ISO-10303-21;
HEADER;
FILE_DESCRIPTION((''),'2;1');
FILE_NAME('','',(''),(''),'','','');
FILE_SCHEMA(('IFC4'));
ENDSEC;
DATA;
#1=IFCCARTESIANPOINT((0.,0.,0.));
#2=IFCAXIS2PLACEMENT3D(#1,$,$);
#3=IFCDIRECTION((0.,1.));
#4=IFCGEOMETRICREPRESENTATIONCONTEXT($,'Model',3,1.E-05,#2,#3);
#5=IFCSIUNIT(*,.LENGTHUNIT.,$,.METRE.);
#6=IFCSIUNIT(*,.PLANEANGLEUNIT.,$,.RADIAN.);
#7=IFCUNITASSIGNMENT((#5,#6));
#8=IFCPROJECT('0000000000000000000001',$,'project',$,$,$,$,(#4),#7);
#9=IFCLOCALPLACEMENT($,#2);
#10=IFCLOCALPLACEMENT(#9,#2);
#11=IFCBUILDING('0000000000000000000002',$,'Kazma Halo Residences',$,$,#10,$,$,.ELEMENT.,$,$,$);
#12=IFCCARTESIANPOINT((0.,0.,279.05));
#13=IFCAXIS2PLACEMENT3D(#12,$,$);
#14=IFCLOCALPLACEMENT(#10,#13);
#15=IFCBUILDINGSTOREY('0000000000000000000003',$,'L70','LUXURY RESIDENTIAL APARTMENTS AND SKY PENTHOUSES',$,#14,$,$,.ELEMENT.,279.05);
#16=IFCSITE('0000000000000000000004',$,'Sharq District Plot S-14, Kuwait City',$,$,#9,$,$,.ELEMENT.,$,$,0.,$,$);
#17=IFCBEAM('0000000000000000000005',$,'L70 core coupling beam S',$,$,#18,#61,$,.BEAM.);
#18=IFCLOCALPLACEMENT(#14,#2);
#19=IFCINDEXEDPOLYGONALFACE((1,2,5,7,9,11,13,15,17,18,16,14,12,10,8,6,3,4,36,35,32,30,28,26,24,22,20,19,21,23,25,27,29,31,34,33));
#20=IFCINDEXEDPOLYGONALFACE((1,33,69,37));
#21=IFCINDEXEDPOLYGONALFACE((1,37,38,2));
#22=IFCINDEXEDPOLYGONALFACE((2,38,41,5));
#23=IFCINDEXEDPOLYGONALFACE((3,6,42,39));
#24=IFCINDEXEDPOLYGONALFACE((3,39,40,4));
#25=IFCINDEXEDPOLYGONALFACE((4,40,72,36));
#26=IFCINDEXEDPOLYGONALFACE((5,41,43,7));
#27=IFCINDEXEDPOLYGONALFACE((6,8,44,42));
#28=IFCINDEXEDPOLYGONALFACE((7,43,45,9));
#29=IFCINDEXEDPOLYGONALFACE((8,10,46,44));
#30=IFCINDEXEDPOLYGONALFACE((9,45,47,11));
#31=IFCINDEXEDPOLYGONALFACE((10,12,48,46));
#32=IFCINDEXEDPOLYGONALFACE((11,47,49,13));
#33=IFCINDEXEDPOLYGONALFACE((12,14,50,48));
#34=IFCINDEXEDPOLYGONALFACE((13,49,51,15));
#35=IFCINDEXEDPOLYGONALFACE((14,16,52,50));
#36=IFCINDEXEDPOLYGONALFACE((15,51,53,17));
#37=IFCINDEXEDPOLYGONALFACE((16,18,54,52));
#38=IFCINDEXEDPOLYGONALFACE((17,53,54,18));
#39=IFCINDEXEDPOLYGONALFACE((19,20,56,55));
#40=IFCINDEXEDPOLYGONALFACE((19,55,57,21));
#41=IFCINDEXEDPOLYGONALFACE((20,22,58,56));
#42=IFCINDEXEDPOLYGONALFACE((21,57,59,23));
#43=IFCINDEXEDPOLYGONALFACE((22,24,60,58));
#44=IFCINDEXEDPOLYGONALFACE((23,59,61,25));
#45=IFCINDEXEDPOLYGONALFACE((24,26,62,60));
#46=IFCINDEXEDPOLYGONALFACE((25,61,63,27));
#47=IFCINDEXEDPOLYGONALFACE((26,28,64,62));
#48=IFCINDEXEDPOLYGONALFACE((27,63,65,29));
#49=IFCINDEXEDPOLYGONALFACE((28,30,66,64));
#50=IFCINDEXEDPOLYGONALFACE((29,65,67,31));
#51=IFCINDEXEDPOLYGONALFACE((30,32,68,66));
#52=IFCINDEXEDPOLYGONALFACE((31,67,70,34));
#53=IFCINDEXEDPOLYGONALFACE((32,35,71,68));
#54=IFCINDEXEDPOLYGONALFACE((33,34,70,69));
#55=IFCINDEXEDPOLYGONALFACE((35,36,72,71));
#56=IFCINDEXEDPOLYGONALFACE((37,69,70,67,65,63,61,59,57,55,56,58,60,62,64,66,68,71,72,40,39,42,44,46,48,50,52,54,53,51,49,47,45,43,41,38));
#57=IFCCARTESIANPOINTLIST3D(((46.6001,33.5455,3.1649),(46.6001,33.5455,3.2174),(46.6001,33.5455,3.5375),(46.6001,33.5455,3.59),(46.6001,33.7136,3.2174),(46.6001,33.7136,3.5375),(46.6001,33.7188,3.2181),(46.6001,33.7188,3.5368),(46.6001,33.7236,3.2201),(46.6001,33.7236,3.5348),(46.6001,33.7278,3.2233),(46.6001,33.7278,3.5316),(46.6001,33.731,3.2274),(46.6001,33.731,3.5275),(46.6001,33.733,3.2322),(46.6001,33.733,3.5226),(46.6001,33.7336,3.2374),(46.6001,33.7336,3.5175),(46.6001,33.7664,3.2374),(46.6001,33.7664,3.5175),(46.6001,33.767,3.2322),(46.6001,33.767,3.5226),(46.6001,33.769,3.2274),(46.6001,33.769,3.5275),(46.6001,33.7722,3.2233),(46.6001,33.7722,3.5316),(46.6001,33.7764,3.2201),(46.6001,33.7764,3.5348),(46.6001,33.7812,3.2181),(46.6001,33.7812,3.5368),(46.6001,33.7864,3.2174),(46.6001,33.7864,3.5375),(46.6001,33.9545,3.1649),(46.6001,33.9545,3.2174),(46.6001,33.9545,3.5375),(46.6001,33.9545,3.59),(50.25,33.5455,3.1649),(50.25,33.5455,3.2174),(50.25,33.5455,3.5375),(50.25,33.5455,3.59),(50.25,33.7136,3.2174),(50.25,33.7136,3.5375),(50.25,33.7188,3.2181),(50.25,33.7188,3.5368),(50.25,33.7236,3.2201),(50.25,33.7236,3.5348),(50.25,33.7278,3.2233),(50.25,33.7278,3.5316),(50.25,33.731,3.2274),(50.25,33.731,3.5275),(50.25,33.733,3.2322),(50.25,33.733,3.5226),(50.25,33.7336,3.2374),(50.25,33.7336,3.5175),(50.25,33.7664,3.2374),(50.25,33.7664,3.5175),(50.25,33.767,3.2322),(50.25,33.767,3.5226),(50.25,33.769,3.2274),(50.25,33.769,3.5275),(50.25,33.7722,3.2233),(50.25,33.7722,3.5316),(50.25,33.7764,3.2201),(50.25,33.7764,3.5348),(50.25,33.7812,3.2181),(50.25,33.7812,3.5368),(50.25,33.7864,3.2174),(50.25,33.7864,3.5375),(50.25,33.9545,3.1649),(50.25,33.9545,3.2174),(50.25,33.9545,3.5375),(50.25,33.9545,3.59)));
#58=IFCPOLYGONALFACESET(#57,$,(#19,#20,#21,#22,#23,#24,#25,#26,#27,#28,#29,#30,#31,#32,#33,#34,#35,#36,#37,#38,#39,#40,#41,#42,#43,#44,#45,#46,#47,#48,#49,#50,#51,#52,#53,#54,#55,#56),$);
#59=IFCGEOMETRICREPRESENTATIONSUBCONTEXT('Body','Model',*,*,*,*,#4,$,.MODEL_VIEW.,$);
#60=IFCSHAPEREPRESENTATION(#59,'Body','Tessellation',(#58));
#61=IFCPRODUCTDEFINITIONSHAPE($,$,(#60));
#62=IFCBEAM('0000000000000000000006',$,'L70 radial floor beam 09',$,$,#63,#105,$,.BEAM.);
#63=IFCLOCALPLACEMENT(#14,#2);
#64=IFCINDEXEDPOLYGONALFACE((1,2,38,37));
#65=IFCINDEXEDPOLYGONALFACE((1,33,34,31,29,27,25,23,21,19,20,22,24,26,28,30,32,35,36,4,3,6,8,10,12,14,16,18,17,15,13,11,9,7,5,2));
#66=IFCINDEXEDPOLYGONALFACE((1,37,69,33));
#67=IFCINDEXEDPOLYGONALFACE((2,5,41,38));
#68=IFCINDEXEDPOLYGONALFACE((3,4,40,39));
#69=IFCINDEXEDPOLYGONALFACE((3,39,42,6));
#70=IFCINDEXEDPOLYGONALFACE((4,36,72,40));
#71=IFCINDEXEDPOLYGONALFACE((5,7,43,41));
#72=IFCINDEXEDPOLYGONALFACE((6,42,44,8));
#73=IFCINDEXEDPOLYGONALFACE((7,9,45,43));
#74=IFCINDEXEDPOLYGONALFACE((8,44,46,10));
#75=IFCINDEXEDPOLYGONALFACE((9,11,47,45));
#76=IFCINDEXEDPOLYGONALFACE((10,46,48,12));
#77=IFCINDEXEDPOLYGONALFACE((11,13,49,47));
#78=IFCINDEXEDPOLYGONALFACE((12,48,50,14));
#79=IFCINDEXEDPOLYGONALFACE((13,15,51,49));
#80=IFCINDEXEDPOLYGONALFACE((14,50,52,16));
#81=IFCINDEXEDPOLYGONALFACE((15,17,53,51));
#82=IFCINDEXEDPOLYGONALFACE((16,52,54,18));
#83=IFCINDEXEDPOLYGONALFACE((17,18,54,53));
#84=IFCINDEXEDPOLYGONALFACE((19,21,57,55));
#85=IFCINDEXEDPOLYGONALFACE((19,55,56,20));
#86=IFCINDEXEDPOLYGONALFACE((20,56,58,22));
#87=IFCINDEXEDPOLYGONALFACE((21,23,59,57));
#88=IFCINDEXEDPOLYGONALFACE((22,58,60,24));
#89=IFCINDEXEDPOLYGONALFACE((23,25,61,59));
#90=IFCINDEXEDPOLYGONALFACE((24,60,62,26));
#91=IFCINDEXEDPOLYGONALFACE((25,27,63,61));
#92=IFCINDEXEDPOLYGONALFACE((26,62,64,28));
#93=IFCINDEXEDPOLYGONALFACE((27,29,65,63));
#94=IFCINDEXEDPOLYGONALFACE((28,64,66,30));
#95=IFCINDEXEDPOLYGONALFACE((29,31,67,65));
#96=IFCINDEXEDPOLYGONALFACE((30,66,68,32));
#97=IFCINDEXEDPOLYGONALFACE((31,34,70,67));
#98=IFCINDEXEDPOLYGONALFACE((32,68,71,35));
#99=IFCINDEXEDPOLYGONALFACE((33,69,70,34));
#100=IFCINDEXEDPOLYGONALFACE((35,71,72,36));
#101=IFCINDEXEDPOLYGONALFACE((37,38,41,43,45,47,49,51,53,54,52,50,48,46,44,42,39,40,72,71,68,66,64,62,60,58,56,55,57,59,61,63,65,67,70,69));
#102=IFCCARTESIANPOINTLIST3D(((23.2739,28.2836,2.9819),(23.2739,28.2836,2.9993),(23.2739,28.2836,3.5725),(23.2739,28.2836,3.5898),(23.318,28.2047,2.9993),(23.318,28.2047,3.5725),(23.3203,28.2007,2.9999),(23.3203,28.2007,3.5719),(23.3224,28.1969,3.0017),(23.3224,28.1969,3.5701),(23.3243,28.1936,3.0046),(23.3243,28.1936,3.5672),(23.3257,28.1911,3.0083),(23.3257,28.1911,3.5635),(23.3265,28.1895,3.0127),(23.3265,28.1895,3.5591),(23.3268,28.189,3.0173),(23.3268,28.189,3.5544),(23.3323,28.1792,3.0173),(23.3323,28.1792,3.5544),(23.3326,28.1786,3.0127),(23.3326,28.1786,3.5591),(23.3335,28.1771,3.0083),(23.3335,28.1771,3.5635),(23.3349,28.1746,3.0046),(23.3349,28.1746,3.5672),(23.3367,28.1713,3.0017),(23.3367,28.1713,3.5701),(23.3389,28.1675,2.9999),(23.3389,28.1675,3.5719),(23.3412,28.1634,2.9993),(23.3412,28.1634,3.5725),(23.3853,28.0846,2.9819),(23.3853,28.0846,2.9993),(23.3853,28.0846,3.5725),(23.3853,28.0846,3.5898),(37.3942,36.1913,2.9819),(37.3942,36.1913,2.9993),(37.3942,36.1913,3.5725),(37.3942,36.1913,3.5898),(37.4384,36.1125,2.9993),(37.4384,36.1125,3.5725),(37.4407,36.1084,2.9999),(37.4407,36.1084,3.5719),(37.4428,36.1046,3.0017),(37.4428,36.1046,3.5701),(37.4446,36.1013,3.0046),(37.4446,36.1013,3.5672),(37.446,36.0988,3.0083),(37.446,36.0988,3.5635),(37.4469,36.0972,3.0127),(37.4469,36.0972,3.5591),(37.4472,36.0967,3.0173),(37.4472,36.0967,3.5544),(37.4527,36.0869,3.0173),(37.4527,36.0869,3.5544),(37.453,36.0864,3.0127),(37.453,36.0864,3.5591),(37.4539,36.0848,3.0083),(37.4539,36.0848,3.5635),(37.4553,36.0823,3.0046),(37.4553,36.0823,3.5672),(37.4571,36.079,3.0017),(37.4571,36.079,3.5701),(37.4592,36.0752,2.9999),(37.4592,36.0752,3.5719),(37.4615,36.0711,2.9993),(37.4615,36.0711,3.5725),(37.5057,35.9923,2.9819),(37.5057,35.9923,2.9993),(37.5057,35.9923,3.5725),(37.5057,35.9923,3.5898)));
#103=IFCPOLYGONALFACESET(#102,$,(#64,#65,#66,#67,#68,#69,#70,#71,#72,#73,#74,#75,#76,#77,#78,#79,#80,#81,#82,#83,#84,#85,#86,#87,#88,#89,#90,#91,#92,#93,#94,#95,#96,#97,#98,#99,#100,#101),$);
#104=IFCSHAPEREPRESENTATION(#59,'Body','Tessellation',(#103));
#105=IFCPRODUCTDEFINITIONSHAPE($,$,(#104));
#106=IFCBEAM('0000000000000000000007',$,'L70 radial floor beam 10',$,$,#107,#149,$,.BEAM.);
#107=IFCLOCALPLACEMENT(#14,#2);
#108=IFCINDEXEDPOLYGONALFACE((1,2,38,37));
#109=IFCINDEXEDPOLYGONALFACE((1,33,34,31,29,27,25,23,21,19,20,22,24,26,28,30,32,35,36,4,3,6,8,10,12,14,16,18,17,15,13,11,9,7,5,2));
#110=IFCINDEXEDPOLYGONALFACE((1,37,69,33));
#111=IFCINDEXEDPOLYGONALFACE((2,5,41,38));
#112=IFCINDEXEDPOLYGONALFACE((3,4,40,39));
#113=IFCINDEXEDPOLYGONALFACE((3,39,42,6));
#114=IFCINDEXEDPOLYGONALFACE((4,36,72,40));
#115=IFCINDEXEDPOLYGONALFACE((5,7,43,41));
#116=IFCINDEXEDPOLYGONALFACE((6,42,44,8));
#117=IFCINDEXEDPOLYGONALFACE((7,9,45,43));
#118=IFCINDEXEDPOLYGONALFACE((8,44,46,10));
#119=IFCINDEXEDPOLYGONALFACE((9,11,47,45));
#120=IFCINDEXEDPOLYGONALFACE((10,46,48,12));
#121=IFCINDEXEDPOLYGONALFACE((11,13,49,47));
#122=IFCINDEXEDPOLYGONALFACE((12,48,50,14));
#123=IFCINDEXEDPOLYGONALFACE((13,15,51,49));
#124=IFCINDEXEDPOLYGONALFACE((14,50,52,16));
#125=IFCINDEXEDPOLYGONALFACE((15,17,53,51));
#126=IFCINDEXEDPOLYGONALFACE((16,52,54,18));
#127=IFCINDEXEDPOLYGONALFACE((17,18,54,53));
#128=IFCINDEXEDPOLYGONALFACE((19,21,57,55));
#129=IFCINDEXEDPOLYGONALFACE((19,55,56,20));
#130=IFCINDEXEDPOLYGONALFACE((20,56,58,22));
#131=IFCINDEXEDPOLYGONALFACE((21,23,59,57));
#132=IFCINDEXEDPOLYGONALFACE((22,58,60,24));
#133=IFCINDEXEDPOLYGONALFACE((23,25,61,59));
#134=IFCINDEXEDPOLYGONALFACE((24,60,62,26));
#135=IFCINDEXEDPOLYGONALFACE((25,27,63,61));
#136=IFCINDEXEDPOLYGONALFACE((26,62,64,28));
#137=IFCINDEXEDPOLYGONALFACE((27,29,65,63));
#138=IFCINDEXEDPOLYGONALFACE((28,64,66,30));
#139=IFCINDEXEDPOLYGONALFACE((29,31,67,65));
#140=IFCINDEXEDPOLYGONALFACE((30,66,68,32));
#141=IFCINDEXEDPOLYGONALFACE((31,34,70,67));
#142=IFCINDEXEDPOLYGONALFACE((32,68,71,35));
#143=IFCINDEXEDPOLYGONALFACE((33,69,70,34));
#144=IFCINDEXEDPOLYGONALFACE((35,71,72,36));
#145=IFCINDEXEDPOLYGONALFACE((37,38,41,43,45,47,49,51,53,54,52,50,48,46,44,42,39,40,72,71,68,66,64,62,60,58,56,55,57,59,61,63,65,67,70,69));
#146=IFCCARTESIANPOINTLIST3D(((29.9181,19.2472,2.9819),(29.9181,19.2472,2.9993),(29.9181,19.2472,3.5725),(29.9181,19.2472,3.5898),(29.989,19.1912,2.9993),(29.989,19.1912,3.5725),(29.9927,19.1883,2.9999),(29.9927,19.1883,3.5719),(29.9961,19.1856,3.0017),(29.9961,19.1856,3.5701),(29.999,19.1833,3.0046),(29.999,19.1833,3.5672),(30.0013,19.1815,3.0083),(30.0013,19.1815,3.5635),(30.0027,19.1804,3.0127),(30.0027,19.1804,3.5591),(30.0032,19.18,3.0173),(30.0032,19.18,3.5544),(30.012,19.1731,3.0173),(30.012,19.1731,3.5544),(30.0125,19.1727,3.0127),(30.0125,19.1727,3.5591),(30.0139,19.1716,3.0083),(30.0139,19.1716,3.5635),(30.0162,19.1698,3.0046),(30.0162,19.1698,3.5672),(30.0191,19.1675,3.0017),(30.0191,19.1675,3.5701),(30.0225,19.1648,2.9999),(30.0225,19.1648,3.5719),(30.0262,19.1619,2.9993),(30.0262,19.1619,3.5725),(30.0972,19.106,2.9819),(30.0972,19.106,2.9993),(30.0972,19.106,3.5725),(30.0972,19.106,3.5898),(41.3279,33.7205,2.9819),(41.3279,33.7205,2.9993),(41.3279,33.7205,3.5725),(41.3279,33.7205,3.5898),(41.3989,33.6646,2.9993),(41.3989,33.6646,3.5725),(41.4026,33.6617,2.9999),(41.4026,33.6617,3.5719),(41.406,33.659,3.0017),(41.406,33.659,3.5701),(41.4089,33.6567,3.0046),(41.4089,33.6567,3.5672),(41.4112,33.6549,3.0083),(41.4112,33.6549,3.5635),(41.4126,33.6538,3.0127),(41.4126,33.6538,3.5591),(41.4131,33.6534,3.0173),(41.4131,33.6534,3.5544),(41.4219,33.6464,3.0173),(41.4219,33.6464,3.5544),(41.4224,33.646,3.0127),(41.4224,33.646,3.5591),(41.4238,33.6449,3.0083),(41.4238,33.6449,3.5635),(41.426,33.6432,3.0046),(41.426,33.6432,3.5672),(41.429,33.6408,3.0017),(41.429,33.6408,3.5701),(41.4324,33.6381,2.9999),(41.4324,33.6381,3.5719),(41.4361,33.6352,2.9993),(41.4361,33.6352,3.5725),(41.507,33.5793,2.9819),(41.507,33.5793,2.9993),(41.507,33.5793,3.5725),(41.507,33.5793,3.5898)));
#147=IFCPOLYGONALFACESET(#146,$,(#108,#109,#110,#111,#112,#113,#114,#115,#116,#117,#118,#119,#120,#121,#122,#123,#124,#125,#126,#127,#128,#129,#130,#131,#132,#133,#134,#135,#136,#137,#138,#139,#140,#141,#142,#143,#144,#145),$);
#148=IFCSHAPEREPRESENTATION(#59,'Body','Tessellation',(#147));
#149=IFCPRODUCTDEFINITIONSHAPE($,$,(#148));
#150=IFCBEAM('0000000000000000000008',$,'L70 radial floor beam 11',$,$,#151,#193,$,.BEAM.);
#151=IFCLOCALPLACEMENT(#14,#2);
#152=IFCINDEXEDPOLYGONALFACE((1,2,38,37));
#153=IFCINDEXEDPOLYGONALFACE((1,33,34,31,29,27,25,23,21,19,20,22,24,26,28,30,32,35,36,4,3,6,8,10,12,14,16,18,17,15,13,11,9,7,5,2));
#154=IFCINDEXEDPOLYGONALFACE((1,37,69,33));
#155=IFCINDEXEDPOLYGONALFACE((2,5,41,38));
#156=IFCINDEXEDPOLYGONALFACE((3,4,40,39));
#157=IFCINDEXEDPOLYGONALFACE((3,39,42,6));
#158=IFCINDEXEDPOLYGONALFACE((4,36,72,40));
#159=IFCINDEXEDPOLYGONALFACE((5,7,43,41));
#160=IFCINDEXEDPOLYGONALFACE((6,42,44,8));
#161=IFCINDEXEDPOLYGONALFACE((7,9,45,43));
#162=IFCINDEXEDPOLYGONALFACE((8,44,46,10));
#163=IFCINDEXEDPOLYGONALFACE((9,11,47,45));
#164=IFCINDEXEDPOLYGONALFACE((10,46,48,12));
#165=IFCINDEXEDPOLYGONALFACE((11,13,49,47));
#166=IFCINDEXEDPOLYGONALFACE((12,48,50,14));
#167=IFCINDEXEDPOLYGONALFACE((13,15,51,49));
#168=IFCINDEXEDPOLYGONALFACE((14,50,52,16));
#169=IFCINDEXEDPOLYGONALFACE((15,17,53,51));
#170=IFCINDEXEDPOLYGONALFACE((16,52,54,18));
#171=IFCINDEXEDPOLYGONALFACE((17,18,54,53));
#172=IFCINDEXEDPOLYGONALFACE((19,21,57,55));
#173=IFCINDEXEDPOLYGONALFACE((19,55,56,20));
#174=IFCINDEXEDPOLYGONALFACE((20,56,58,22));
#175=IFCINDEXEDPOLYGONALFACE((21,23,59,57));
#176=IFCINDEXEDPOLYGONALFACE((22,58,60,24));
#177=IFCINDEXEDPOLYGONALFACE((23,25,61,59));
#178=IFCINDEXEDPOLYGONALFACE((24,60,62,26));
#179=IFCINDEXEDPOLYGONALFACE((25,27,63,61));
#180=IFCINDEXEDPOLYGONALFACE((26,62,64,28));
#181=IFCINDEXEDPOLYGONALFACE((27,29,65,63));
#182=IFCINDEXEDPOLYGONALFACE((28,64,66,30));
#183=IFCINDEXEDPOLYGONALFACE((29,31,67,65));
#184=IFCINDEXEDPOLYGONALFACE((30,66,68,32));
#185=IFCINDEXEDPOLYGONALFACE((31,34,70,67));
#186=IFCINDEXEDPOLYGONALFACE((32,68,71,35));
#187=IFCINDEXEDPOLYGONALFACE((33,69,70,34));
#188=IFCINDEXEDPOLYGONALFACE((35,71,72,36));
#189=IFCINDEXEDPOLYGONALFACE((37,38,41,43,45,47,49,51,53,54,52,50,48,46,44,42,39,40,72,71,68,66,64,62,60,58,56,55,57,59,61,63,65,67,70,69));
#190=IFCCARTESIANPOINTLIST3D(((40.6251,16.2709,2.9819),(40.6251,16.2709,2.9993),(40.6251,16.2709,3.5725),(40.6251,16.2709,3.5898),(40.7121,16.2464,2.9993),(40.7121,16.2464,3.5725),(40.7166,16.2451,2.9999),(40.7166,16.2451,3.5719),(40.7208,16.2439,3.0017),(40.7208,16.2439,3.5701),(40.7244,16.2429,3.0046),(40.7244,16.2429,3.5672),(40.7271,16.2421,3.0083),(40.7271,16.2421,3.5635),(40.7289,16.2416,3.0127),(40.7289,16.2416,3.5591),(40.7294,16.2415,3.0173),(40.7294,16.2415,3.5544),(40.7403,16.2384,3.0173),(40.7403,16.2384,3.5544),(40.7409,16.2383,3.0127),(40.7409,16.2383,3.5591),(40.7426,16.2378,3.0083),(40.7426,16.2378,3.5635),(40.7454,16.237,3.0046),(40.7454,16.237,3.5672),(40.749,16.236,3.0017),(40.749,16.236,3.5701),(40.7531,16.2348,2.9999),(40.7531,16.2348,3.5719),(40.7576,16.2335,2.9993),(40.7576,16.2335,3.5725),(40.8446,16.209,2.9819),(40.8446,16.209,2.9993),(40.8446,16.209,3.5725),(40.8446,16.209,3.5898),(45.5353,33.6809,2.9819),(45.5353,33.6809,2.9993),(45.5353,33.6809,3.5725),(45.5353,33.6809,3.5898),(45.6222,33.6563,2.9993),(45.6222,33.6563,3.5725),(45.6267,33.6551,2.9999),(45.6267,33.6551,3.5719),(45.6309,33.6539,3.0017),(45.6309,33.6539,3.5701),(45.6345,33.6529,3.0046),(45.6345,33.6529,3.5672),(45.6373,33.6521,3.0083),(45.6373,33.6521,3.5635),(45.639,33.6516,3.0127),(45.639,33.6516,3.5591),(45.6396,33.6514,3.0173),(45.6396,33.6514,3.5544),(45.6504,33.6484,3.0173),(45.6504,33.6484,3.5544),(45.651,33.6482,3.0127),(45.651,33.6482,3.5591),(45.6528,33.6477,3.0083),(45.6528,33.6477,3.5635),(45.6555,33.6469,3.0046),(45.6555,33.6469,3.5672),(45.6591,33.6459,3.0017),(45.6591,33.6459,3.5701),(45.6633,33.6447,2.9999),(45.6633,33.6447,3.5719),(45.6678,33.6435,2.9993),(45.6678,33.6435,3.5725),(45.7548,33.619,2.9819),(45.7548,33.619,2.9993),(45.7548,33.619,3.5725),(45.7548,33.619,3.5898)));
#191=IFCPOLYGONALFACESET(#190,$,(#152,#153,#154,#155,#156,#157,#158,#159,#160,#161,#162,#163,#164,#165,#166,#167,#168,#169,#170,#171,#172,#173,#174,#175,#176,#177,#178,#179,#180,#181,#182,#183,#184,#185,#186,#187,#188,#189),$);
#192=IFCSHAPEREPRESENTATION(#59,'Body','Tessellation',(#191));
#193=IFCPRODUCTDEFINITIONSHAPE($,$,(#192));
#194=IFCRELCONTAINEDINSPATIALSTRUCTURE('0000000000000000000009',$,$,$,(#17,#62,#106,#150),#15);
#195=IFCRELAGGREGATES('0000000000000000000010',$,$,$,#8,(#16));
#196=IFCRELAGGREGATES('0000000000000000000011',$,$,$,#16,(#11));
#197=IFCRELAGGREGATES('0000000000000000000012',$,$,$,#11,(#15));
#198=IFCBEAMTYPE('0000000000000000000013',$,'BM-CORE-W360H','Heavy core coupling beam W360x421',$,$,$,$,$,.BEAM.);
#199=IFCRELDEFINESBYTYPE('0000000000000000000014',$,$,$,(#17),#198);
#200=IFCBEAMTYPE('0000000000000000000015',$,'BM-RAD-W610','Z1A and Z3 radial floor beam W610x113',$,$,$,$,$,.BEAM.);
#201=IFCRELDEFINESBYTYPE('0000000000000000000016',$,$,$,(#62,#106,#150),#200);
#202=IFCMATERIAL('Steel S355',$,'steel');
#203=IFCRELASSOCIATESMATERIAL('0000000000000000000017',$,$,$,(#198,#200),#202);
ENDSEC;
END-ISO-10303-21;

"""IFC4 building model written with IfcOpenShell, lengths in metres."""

from ifc_helpers import new_model, si_unit, direction, frame, origin, origin_2d, place, context, subcontext, project, spatial, i_section, extrude, material, material_profile, profile_set, type_object, element, save


model = new_model("IFC4")

# Units and contexts
model_context = context("Model", 3, precision=1e-05, world=origin(), true_north=direction((0.0, 1.0)))
body_context = subcontext(model_context, "Body", "Model", "MODEL_VIEW")
ifc_project = project(units=[si_unit("LENGTHUNIT", "METRE"), si_unit("PLANEANGLEUNIT", "RADIAN")], contexts=[model_context])

# Site, building, storey
site_placement = place(None, origin())
site = spatial("IfcSite", under=ifc_project, at=site_placement, Name="Sharq District Plot S-14, Kuwait City", CompositionType="ELEMENT", RefElevation=0.0)
building_placement = place(site_placement, origin())
building = spatial("IfcBuilding", under=site, at=building_placement, Name="Kazma Halo Residences", CompositionType="ELEMENT")
storey_placement = place(building_placement, frame((0.0, 0.0, 279.05)))
storey = spatial("IfcBuildingStorey", under=building, at=storey_placement, Name="L70", Description="LUXURY RESIDENTIAL APARTMENTS AND SKY PENTHOUSES", CompositionType="ELEMENT", Elevation=279.05)

# Beams
ifc_material_1 = material(Name="Steel S355", Category="steel")
ifc_material_profile_1 = material_profile(ifc_material_1, i_section(OverallWidth=0.4089, OverallDepth=0.425, WebThickness=0.0327, FlangeThickness=0.0525, FilletRadius=0.02, at=origin_2d()), Name="W360x421")
ifc_profile_set_1 = profile_set([ifc_material_profile_1], Name="Steel S355")
beam_type_1 = type_object("IfcBeamType", Name="BM-CORE-W360H", Description="Heavy core coupling beam W360x421", PredefinedType="BEAM", material=ifc_profile_set_1)
beam_1_placement = place(storey_placement, frame((46.6001, 33.75, 3.3774), z_axis=(1.0, 0.0, 0.0), x_axis=(0.0, 1.0, 0.0)))
element("IfcBeam", 1, at=beam_1_placement, inside=storey, type_object=beam_type_1, Name="L70 core coupling beam S", PredefinedType="BEAM", context=body_context, shape_type="SweptSolid", body=[
    extrude(i_section(OverallWidth=0.4089, OverallDepth=0.425, WebThickness=0.0327, FlangeThickness=0.0525, FilletRadius=0.02, at=origin_2d()), origin(), (0.0, 0.0, 1.0), 3.6499),
])
ifc_material_profile_2 = material_profile(ifc_material_1, i_section(OverallWidth=0.228, OverallDepth=0.6079, WebThickness=0.0112, FlangeThickness=0.0173, FilletRadius=0.0181, at=origin_2d()), Name="W610x113")
ifc_profile_set_2 = profile_set([ifc_material_profile_2], Name="Steel S355")
beam_type_2 = type_object("IfcBeamType", Name="BM-RAD-W610", Description="Z1A and Z3 radial floor beam W610x113", PredefinedType="BEAM", material=ifc_profile_set_2)
beam_2_placement = place(storey_placement, frame((37.45, 36.0918, 3.2859), z_axis=(-0.872498, -0.488618, 0.0), x_axis=(0.488618, -0.872498, 0.0)))
element("IfcBeam", 2, at=beam_2_placement, inside=storey, type_object=beam_type_2, Name="L70 radial floor beam 09", PredefinedType="BEAM", context=body_context, shape_type="SweptSolid", body=[
    extrude(i_section(OverallWidth=0.228, OverallDepth=0.6079, WebThickness=0.0112, FlangeThickness=0.0173, FilletRadius=0.0181, at=origin_2d()), origin(), (0.0, 0.0, 1.0), 16.1838),
])
beam_3_placement = place(storey_placement, frame((41.4175, 33.6499, 3.2859), z_axis=(-0.619094, -0.785317, 0.0), x_axis=(0.785317, -0.619094, 0.0)))
element("IfcBeam", 3, at=beam_3_placement, inside=storey, type_object=beam_type_2, Name="L70 radial floor beam 10", PredefinedType="BEAM", context=body_context, shape_type="SweptSolid", body=[
    extrude(i_section(OverallWidth=0.228, OverallDepth=0.6079, WebThickness=0.0112, FlangeThickness=0.0173, FilletRadius=0.0181, at=origin_2d()), origin(), (0.0, 0.0, 1.0), 18.4299),
])
beam_4_placement = place(storey_placement, frame((45.645, 33.6499, 3.2859), z_axis=(-0.271443, -0.962454, 0.0), x_axis=(0.962454, -0.271443, 0.0)))
element("IfcBeam", 4, at=beam_4_placement, inside=storey, type_object=beam_type_2, Name="L70 radial floor beam 11", PredefinedType="BEAM", context=body_context, shape_type="SweptSolid", body=[
    extrude(i_section(OverallWidth=0.228, OverallDepth=0.6079, WebThickness=0.0112, FlangeThickness=0.0173, FilletRadius=0.0181, at=origin_2d()), origin(), (0.0, 0.0, 1.0), 18.0891),
])

save(model, "model.ifc")
